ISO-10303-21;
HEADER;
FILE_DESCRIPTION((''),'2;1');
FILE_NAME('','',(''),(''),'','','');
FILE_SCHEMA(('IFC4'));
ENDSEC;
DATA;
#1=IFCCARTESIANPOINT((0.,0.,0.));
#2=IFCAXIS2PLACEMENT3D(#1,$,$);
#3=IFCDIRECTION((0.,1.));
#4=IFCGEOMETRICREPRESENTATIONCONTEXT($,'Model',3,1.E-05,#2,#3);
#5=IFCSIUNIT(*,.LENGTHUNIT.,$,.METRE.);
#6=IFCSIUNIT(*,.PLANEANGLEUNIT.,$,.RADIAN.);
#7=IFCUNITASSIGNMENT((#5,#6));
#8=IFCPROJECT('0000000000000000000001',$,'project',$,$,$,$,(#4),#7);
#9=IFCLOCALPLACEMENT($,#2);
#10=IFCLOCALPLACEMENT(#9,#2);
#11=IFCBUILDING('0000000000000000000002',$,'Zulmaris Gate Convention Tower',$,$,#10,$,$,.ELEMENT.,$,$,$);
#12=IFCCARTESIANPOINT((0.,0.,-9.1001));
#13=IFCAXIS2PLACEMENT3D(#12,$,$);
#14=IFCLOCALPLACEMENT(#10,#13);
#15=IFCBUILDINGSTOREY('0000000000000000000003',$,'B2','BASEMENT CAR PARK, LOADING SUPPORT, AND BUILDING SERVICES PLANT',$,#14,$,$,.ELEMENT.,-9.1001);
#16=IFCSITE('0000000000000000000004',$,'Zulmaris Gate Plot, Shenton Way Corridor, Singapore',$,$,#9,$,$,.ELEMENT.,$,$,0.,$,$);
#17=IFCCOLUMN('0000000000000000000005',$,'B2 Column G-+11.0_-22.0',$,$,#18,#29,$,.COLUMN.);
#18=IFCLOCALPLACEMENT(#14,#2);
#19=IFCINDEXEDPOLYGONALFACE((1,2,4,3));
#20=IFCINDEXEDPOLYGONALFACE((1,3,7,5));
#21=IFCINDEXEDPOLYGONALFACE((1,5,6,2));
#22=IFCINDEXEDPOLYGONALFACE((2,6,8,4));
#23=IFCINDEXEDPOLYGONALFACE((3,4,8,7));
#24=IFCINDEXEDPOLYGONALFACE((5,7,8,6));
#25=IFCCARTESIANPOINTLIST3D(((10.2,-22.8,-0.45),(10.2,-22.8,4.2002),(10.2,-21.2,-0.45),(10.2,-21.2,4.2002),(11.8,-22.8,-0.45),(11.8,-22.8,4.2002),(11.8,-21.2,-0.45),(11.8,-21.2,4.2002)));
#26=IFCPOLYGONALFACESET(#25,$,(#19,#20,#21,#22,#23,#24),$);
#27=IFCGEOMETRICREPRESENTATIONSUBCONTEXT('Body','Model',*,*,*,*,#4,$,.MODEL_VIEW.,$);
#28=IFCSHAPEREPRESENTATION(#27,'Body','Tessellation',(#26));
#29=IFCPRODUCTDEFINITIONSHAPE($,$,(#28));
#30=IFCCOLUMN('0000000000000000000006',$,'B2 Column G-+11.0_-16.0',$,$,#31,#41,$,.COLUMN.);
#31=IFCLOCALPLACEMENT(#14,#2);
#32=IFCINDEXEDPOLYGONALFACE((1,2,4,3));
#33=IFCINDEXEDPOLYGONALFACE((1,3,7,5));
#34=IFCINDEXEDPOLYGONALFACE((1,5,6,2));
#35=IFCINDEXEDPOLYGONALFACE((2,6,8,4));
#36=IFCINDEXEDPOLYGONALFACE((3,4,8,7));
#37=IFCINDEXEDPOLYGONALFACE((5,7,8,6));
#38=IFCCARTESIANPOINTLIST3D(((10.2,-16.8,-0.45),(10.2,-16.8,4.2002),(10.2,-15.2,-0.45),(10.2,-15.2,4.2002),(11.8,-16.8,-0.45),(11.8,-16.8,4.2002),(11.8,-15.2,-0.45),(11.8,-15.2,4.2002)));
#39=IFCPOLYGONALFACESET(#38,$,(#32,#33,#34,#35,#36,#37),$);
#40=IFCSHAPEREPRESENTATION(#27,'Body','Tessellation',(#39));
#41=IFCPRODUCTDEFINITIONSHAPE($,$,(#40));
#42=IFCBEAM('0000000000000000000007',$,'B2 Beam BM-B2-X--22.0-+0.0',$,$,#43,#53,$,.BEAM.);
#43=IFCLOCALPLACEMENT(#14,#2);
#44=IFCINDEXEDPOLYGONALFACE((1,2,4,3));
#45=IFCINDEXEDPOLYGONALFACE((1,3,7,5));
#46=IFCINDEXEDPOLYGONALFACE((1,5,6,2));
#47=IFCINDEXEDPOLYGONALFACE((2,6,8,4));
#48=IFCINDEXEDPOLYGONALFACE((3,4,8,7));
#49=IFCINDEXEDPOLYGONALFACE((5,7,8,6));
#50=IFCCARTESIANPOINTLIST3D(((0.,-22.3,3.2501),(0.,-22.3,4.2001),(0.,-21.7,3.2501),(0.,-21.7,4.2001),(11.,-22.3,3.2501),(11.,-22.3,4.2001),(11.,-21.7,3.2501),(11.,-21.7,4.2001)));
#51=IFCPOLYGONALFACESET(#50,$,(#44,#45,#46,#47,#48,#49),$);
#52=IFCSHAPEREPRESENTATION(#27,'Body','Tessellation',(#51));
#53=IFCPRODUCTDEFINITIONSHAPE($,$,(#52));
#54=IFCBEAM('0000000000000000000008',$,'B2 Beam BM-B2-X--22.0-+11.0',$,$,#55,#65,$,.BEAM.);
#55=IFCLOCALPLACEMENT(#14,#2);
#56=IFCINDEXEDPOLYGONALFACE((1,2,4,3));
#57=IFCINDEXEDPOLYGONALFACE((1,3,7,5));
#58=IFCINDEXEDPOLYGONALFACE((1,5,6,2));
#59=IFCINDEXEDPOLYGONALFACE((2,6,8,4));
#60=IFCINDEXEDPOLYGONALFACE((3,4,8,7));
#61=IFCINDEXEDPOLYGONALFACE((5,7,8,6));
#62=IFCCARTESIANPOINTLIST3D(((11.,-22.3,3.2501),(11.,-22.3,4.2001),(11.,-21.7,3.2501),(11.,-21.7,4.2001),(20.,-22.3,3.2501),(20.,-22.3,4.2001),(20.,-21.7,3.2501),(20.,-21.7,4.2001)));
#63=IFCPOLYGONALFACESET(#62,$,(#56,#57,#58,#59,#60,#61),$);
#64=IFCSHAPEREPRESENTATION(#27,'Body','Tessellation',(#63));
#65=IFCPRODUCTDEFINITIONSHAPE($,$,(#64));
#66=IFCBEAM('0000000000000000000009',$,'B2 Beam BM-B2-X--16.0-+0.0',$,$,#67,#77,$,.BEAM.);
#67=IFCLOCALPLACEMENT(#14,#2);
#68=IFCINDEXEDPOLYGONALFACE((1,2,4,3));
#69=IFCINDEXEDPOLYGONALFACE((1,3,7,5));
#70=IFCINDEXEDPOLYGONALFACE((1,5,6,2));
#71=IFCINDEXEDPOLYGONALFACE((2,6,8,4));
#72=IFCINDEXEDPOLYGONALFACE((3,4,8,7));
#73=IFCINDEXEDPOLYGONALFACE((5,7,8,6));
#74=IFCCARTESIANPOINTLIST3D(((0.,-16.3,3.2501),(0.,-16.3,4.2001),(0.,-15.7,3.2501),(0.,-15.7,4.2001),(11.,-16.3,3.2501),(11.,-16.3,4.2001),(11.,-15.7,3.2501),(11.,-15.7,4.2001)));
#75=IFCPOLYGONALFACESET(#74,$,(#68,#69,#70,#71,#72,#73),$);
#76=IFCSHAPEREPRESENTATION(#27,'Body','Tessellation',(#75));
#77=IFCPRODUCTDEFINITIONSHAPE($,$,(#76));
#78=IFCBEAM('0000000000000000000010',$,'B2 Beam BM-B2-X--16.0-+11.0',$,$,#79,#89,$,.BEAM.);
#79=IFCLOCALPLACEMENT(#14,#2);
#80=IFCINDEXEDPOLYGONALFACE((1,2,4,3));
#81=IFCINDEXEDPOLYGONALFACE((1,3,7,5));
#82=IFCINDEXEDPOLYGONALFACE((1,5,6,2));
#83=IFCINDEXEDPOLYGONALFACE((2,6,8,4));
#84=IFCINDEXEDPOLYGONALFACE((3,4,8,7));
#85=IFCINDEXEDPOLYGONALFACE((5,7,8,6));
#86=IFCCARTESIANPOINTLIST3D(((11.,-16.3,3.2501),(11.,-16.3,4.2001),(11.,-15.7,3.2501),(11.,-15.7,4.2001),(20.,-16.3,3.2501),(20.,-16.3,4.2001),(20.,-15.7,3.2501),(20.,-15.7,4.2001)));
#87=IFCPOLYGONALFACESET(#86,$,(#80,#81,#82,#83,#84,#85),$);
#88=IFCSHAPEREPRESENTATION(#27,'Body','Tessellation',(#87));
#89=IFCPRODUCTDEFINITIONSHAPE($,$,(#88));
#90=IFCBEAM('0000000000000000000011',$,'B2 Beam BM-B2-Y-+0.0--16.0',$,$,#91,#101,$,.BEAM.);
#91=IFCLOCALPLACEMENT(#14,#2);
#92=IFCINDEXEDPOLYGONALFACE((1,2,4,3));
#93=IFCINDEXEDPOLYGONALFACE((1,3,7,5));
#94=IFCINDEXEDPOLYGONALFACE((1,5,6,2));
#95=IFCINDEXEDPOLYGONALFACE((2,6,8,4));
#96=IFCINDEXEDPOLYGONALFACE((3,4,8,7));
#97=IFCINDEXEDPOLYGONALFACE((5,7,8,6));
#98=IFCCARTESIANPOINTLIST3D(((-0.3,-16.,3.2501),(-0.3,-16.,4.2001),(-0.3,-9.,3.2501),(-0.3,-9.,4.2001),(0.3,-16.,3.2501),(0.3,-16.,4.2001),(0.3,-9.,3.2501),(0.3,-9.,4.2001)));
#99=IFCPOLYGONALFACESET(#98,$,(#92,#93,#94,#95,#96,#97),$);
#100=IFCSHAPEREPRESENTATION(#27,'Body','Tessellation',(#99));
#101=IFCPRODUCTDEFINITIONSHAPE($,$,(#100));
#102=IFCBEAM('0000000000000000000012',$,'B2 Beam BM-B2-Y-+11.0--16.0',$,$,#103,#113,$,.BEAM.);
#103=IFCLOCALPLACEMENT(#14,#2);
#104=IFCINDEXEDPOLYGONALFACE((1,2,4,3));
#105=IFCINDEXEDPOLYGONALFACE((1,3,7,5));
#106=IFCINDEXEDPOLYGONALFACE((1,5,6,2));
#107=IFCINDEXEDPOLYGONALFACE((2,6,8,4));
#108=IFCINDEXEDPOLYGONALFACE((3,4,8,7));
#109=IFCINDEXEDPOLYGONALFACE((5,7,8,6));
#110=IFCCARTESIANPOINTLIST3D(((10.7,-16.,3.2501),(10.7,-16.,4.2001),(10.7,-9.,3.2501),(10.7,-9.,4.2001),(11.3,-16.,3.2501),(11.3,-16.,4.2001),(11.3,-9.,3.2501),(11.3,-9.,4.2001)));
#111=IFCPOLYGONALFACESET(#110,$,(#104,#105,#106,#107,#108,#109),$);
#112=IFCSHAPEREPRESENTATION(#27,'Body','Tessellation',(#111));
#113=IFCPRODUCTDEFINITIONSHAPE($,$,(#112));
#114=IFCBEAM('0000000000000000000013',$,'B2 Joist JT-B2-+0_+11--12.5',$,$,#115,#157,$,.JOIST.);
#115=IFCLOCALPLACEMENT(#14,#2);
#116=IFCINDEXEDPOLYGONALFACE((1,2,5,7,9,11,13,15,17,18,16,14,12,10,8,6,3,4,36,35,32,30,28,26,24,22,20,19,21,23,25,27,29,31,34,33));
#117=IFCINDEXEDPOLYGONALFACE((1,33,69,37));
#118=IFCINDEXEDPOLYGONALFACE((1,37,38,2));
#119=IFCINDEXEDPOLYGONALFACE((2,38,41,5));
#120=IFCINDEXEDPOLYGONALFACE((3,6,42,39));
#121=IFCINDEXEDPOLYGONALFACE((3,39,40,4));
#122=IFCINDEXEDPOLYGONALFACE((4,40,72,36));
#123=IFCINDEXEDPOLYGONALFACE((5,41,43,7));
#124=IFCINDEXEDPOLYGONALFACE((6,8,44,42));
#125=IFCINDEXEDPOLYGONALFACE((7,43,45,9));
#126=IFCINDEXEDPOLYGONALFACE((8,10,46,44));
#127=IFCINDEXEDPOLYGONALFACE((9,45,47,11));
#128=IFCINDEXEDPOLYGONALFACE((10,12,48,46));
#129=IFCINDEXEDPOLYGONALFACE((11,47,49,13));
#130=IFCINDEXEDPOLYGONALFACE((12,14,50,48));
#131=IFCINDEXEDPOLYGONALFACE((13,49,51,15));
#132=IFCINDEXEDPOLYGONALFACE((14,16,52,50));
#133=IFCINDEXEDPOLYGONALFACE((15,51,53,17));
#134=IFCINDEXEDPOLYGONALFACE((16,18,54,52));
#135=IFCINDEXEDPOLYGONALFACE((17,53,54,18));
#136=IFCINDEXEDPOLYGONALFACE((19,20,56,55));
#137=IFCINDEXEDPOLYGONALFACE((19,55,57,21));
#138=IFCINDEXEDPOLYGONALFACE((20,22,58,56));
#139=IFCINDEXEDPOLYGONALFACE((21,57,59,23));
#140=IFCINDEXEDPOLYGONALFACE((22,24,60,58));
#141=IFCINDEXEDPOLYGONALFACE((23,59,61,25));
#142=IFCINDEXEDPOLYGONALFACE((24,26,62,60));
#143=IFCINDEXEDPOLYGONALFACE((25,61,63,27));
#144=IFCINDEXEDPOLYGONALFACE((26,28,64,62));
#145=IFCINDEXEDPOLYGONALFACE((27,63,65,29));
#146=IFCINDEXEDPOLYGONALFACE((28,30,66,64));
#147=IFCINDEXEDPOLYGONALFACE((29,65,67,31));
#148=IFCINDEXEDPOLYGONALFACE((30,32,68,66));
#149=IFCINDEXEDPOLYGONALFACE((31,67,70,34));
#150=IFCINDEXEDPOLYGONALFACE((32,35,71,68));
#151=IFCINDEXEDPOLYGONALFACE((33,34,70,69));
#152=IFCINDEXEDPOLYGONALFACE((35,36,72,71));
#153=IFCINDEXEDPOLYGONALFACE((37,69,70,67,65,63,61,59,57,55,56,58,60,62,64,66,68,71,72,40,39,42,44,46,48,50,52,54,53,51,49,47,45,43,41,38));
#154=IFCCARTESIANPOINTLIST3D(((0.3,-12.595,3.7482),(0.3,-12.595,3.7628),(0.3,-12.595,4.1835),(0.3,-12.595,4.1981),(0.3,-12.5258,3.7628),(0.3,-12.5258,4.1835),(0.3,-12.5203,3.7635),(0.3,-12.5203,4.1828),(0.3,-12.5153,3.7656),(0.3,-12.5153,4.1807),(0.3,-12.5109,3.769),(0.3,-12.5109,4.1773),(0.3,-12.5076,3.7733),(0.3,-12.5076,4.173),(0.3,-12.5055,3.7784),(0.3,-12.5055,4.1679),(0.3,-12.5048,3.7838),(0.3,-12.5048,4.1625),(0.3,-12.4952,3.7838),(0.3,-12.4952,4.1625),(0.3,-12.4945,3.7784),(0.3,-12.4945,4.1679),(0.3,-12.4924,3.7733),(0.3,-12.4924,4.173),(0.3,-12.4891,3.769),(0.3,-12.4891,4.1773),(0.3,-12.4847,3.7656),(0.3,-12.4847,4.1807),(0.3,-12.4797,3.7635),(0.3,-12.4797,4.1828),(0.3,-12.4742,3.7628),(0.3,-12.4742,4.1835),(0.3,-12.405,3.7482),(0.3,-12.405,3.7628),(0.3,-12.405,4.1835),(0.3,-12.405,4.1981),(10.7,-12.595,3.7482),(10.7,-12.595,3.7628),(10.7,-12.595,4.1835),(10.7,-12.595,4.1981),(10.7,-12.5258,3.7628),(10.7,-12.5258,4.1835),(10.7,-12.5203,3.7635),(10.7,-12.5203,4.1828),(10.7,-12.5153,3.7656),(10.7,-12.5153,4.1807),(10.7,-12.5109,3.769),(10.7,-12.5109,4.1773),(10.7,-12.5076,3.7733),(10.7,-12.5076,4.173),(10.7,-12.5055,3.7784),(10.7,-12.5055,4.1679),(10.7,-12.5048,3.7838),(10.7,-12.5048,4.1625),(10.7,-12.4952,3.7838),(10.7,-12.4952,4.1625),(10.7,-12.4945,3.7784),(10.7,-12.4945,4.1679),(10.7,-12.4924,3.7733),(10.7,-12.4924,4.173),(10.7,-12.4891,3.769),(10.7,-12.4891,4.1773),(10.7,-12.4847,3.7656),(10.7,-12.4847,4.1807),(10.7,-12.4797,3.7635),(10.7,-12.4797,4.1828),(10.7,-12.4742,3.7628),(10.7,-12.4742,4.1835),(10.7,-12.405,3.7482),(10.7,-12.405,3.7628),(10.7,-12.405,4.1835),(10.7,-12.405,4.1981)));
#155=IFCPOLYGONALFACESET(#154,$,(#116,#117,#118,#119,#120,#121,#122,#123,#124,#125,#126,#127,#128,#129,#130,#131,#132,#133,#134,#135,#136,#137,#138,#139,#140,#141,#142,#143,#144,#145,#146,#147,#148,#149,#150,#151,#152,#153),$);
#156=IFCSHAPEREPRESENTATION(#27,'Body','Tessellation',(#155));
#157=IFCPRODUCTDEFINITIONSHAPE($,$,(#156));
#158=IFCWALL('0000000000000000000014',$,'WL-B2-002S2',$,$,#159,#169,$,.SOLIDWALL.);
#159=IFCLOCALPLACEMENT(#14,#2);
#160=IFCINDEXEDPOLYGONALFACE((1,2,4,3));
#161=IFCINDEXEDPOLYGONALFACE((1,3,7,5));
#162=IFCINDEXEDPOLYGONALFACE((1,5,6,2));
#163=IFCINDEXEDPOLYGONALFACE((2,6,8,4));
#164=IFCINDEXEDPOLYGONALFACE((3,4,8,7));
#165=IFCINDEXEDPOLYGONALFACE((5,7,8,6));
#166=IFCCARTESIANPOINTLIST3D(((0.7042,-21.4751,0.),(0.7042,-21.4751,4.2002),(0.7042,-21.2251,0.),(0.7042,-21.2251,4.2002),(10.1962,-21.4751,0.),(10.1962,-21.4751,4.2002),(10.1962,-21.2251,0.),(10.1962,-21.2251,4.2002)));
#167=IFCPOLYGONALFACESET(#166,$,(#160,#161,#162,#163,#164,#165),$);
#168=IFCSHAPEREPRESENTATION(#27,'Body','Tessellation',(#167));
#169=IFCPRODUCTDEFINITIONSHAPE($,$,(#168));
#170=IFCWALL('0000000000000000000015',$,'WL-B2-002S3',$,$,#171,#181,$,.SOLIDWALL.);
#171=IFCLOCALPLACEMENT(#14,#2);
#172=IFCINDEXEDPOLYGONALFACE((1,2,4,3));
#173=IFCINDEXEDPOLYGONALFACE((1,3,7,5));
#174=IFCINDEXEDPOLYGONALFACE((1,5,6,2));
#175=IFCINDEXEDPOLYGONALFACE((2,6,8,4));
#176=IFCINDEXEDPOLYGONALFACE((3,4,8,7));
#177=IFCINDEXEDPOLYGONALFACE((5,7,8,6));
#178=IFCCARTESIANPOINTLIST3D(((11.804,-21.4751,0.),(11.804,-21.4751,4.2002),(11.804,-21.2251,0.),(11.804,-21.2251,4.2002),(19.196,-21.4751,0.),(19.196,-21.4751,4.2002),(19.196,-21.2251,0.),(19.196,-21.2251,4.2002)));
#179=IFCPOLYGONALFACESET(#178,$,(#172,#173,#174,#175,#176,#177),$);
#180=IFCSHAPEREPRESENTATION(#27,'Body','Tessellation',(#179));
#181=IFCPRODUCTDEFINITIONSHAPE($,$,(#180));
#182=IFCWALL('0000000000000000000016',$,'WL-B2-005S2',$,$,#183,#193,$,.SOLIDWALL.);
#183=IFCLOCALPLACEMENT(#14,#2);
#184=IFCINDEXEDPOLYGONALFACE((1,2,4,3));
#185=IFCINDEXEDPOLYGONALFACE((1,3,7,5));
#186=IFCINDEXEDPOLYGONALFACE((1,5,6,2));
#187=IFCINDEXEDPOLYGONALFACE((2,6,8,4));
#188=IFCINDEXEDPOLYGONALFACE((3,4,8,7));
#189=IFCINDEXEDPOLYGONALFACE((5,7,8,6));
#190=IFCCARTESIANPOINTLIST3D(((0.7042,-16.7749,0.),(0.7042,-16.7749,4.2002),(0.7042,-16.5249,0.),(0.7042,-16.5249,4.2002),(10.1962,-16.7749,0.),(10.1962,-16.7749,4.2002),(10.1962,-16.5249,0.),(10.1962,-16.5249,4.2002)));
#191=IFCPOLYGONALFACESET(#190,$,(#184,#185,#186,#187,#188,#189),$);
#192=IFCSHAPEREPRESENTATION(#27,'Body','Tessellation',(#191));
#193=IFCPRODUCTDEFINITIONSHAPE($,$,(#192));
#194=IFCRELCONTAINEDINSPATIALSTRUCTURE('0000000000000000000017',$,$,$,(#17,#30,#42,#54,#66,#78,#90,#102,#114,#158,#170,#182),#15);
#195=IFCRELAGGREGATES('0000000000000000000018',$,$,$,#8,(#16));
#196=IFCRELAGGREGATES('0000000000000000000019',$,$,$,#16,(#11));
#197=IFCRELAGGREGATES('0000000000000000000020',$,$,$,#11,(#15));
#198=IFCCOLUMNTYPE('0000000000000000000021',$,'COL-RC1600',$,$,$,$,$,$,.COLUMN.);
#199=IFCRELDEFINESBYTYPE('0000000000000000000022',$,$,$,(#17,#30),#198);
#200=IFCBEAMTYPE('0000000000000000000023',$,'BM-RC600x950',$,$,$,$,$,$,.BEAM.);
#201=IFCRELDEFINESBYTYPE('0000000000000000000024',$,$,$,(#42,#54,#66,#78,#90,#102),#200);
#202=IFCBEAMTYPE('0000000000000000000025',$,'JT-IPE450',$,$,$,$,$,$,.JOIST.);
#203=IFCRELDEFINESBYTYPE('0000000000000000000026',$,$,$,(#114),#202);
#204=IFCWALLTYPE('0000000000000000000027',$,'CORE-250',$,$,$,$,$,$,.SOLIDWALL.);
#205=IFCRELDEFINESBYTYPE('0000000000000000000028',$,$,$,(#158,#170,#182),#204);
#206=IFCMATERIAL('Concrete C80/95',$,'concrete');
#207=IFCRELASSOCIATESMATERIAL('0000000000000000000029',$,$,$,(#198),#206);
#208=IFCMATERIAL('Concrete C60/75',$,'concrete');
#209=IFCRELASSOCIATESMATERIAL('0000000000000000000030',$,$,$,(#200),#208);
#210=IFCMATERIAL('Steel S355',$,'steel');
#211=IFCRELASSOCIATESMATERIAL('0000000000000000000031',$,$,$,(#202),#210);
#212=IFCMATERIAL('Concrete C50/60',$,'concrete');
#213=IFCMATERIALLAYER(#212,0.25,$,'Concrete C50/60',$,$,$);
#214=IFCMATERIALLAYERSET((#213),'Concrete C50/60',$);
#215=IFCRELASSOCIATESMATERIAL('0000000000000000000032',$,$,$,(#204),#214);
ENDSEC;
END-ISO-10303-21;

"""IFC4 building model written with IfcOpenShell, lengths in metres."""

from ifc_helpers import new_model, si_unit, direction, frame, frame_2d, origin, origin_2d, place, context, subcontext, project, spatial, rectangle, i_section, extrude, material, layer, layer_set, material_profile, profile_set, type_object, element, save


model = new_model("IFC4")

# Units and contexts
model_context = context("Model", 3, precision=1e-05, world=origin(), true_north=direction((0.0, 1.0)))
body_context = subcontext(model_context, "Body", "Model", "MODEL_VIEW")
ifc_project = project(units=[si_unit("LENGTHUNIT", "METRE"), si_unit("PLANEANGLEUNIT", "RADIAN")], contexts=[model_context])

# Site, building, storey
site_placement = place(None, origin())
site = spatial("IfcSite", under=ifc_project, at=site_placement, Name="Zulmaris Gate Plot, Shenton Way Corridor, Singapore", CompositionType="ELEMENT", RefElevation=0.0)
building_placement = place(site_placement, origin())
building = spatial("IfcBuilding", under=site, at=building_placement, Name="Zulmaris Gate Convention Tower", CompositionType="ELEMENT")
storey_placement = place(building_placement, frame((0.0, 0.0, -9.1001)))
storey = spatial("IfcBuildingStorey", under=building, at=storey_placement, Name="B2", Description="BASEMENT CAR PARK, LOADING SUPPORT, AND BUILDING SERVICES PLANT", CompositionType="ELEMENT", Elevation=-9.1001)

# Shared definitions
ifc_material_1 = material(Name="Concrete C50/60", Category="concrete")

# Columns
ifc_material_2 = material(Name="Concrete C80/95", Category="concrete")
ifc_material_profile_1 = material_profile(ifc_material_2, rectangle(XDim=1.6001, YDim=1.6001, at=origin_2d()), Name="RC COL 1600x1600")
ifc_profile_set_1 = profile_set([ifc_material_profile_1], Name="Concrete C80/95")
column_type_1 = type_object("IfcColumnType", Name="COL-RC1600", PredefinedType="COLUMN", material=ifc_profile_set_1)
for number, where, z_axis, x_axis, name in (
    (1, (11.0, -22.0, -0.45), (0.0, 0.0, 1.0), (1.0, 0.0, 0.0), "B2 Column G-+11.0_-22.0"),
    (2, (11.0, -16.0, -0.45), (0.0, 0.0, 1.0), (1.0, 0.0, 0.0), "B2 Column G-+11.0_-16.0"),
):
    element("IfcColumn", number, at=place(storey_placement, frame(where, z_axis=z_axis, x_axis=x_axis)), inside=storey, type_object=column_type_1, Name=name, PredefinedType="COLUMN", context=body_context, shape_type="SweptSolid", body=[
        extrude(rectangle(XDim=1.6001, YDim=1.6001, at=origin_2d()), origin(), (0.0, 0.0, 1.0), 4.6501),
    ])

# Beams
ifc_material_3 = material(Name="Concrete C60/75", Category="concrete")
ifc_material_profile_2 = material_profile(ifc_material_3, rectangle(XDim=0.6001, YDim=0.95, at=origin_2d()), Name="RC BEAM 600x950")
ifc_profile_set_2 = profile_set([ifc_material_profile_2], Name="Concrete C60/75")
beam_type_1 = type_object("IfcBeamType", Name="BM-RC600x950", PredefinedType="BEAM", material=ifc_profile_set_2)
beam_1_placement = place(storey_placement, frame((0.0, -22.0, 3.7251), z_axis=(1.0, 0.0, 0.0), x_axis=(0.0, 1.0, 0.0)))
element("IfcBeam", 3, at=beam_1_placement, inside=storey, type_object=beam_type_1, Name="B2 Beam BM-B2-X--22.0-+0.0", PredefinedType="BEAM", context=body_context, shape_type="SweptSolid", body=[
    extrude(rectangle(XDim=0.6001, YDim=0.95, at=origin_2d()), origin(), (0.0, 0.0, 1.0), 11.0),
])
beam_2_placement = place(storey_placement, frame((11.0, -22.0, 3.7251), z_axis=(1.0, 0.0, 0.0), x_axis=(0.0, 1.0, 0.0)))
element("IfcBeam", 4, at=beam_2_placement, inside=storey, type_object=beam_type_1, Name="B2 Beam BM-B2-X--22.0-+11.0", PredefinedType="BEAM", context=body_context, shape_type="SweptSolid", body=[
    extrude(rectangle(XDim=0.6001, YDim=0.95, at=origin_2d()), origin(), (0.0, 0.0, 1.0), 9.0),
])
beam_3_placement = place(storey_placement, frame((0.0, -16.0, 3.7251), z_axis=(1.0, 0.0, 0.0), x_axis=(0.0, 1.0, 0.0)))
element("IfcBeam", 5, at=beam_3_placement, inside=storey, type_object=beam_type_1, Name="B2 Beam BM-B2-X--16.0-+0.0", PredefinedType="BEAM", context=body_context, shape_type="SweptSolid", body=[
    extrude(rectangle(XDim=0.6001, YDim=0.95, at=origin_2d()), origin(), (0.0, 0.0, 1.0), 11.0),
])
beam_4_placement = place(storey_placement, frame((11.0, -16.0, 3.7251), z_axis=(1.0, 0.0, 0.0), x_axis=(0.0, 1.0, 0.0)))
element("IfcBeam", 6, at=beam_4_placement, inside=storey, type_object=beam_type_1, Name="B2 Beam BM-B2-X--16.0-+11.0", PredefinedType="BEAM", context=body_context, shape_type="SweptSolid", body=[
    extrude(rectangle(XDim=0.6001, YDim=0.95, at=origin_2d()), origin(), (0.0, 0.0, 1.0), 9.0),
])
for number, where, z_axis, x_axis, name in (
    (7, (0.0, -16.0, 3.7251), (0.0, 1.0, 0.0), (-1.0, 0.0, 0.0), "B2 Beam BM-B2-Y-+0.0--16.0"),
    (8, (11.0, -16.0, 3.7251), (0.0, 1.0, 0.0), (-1.0, 0.0, 0.0), "B2 Beam BM-B2-Y-+11.0--16.0"),
):
    element("IfcBeam", number, at=place(storey_placement, frame(where, z_axis=z_axis, x_axis=x_axis)), inside=storey, type_object=beam_type_1, Name=name, PredefinedType="BEAM", context=body_context, shape_type="SweptSolid", body=[
        extrude(rectangle(XDim=0.6001, YDim=0.95, at=origin_2d()), origin(), (0.0, 0.0, 1.0), 7.0),
    ])
ifc_material_4 = material(Name="Steel S355", Category="steel")
ifc_material_profile_3 = material_profile(ifc_material_4, i_section(OverallWidth=0.1899, OverallDepth=0.45, WebThickness=0.0095, FlangeThickness=0.0146, FilletRadius=0.021, at=origin_2d()), Name="IPE 450")
ifc_profile_set_3 = profile_set([ifc_material_profile_3], Name="Steel S355")
beam_type_2 = type_object("IfcBeamType", Name="JT-IPE450", PredefinedType="JOIST", material=ifc_profile_set_3)
beam_5_placement = place(storey_placement, frame((0.3, -12.5, 3.9731), z_axis=(1.0, 0.0, 0.0), x_axis=(0.0, 1.0, 0.0)))
element("IfcBeam", 9, at=beam_5_placement, inside=storey, type_object=beam_type_2, Name="B2 Joist JT-B2-+0_+11--12.5", PredefinedType="JOIST", context=body_context, shape_type="SweptSolid", body=[
    extrude(i_section(OverallWidth=0.1899, OverallDepth=0.45, WebThickness=0.0095, FlangeThickness=0.0146, FilletRadius=0.021, at=origin_2d()), origin(), (0.0, 0.0, 1.0), 10.3999),
])

# Walls
ifc_layer_1 = layer(ifc_material_1, 0.25, Name="Concrete C50/60")
ifc_layer_set_1 = layer_set([ifc_layer_1], Name="Concrete C50/60")
wall_type_1 = type_object("IfcWallType", Name="CORE-250", PredefinedType="SOLIDWALL", material=ifc_layer_set_1)
wall_1_placement = place(storey_placement, frame((0.7041, -21.3501, 0.0), z_axis=(0.0, 0.0, 1.0), x_axis=(1.0, 0.0, 0.0)))
element("IfcWall", 10, at=wall_1_placement, inside=storey, type_object=wall_type_1, Name="WL-B2-002S2", PredefinedType="SOLIDWALL", context=body_context, shape_type="SweptSolid", body=[
    extrude(rectangle(XDim=9.4919, YDim=0.25, at=frame_2d((4.7461, 0.0))), origin(), (0.0, 0.0, 1.0), 4.2002),
])
wall_2_placement = place(storey_placement, frame((11.804, -21.3501, 0.0), z_axis=(0.0, 0.0, 1.0), x_axis=(1.0, 0.0, 0.0)))
element("IfcWall", 11, at=wall_2_placement, inside=storey, type_object=wall_type_1, Name="WL-B2-002S3", PredefinedType="SOLIDWALL", context=body_context, shape_type="SweptSolid", body=[
    extrude(rectangle(XDim=7.3921, YDim=0.25, at=frame_2d((3.696, 0.0))), origin(), (0.0, 0.0, 1.0), 4.2002),
])
wall_3_placement = place(storey_placement, frame((0.7041, -16.6499, 0.0), z_axis=(0.0, 0.0, 1.0), x_axis=(1.0, 0.0, 0.0)))
element("IfcWall", 12, at=wall_3_placement, inside=storey, type_object=wall_type_1, Name="WL-B2-005S2", PredefinedType="SOLIDWALL", context=body_context, shape_type="SweptSolid", body=[
    extrude(rectangle(XDim=9.4919, YDim=0.25, at=frame_2d((4.7461, 0.0))), origin(), (0.0, 0.0, 1.0), 4.2002),
])

save(model, "model.ifc")
